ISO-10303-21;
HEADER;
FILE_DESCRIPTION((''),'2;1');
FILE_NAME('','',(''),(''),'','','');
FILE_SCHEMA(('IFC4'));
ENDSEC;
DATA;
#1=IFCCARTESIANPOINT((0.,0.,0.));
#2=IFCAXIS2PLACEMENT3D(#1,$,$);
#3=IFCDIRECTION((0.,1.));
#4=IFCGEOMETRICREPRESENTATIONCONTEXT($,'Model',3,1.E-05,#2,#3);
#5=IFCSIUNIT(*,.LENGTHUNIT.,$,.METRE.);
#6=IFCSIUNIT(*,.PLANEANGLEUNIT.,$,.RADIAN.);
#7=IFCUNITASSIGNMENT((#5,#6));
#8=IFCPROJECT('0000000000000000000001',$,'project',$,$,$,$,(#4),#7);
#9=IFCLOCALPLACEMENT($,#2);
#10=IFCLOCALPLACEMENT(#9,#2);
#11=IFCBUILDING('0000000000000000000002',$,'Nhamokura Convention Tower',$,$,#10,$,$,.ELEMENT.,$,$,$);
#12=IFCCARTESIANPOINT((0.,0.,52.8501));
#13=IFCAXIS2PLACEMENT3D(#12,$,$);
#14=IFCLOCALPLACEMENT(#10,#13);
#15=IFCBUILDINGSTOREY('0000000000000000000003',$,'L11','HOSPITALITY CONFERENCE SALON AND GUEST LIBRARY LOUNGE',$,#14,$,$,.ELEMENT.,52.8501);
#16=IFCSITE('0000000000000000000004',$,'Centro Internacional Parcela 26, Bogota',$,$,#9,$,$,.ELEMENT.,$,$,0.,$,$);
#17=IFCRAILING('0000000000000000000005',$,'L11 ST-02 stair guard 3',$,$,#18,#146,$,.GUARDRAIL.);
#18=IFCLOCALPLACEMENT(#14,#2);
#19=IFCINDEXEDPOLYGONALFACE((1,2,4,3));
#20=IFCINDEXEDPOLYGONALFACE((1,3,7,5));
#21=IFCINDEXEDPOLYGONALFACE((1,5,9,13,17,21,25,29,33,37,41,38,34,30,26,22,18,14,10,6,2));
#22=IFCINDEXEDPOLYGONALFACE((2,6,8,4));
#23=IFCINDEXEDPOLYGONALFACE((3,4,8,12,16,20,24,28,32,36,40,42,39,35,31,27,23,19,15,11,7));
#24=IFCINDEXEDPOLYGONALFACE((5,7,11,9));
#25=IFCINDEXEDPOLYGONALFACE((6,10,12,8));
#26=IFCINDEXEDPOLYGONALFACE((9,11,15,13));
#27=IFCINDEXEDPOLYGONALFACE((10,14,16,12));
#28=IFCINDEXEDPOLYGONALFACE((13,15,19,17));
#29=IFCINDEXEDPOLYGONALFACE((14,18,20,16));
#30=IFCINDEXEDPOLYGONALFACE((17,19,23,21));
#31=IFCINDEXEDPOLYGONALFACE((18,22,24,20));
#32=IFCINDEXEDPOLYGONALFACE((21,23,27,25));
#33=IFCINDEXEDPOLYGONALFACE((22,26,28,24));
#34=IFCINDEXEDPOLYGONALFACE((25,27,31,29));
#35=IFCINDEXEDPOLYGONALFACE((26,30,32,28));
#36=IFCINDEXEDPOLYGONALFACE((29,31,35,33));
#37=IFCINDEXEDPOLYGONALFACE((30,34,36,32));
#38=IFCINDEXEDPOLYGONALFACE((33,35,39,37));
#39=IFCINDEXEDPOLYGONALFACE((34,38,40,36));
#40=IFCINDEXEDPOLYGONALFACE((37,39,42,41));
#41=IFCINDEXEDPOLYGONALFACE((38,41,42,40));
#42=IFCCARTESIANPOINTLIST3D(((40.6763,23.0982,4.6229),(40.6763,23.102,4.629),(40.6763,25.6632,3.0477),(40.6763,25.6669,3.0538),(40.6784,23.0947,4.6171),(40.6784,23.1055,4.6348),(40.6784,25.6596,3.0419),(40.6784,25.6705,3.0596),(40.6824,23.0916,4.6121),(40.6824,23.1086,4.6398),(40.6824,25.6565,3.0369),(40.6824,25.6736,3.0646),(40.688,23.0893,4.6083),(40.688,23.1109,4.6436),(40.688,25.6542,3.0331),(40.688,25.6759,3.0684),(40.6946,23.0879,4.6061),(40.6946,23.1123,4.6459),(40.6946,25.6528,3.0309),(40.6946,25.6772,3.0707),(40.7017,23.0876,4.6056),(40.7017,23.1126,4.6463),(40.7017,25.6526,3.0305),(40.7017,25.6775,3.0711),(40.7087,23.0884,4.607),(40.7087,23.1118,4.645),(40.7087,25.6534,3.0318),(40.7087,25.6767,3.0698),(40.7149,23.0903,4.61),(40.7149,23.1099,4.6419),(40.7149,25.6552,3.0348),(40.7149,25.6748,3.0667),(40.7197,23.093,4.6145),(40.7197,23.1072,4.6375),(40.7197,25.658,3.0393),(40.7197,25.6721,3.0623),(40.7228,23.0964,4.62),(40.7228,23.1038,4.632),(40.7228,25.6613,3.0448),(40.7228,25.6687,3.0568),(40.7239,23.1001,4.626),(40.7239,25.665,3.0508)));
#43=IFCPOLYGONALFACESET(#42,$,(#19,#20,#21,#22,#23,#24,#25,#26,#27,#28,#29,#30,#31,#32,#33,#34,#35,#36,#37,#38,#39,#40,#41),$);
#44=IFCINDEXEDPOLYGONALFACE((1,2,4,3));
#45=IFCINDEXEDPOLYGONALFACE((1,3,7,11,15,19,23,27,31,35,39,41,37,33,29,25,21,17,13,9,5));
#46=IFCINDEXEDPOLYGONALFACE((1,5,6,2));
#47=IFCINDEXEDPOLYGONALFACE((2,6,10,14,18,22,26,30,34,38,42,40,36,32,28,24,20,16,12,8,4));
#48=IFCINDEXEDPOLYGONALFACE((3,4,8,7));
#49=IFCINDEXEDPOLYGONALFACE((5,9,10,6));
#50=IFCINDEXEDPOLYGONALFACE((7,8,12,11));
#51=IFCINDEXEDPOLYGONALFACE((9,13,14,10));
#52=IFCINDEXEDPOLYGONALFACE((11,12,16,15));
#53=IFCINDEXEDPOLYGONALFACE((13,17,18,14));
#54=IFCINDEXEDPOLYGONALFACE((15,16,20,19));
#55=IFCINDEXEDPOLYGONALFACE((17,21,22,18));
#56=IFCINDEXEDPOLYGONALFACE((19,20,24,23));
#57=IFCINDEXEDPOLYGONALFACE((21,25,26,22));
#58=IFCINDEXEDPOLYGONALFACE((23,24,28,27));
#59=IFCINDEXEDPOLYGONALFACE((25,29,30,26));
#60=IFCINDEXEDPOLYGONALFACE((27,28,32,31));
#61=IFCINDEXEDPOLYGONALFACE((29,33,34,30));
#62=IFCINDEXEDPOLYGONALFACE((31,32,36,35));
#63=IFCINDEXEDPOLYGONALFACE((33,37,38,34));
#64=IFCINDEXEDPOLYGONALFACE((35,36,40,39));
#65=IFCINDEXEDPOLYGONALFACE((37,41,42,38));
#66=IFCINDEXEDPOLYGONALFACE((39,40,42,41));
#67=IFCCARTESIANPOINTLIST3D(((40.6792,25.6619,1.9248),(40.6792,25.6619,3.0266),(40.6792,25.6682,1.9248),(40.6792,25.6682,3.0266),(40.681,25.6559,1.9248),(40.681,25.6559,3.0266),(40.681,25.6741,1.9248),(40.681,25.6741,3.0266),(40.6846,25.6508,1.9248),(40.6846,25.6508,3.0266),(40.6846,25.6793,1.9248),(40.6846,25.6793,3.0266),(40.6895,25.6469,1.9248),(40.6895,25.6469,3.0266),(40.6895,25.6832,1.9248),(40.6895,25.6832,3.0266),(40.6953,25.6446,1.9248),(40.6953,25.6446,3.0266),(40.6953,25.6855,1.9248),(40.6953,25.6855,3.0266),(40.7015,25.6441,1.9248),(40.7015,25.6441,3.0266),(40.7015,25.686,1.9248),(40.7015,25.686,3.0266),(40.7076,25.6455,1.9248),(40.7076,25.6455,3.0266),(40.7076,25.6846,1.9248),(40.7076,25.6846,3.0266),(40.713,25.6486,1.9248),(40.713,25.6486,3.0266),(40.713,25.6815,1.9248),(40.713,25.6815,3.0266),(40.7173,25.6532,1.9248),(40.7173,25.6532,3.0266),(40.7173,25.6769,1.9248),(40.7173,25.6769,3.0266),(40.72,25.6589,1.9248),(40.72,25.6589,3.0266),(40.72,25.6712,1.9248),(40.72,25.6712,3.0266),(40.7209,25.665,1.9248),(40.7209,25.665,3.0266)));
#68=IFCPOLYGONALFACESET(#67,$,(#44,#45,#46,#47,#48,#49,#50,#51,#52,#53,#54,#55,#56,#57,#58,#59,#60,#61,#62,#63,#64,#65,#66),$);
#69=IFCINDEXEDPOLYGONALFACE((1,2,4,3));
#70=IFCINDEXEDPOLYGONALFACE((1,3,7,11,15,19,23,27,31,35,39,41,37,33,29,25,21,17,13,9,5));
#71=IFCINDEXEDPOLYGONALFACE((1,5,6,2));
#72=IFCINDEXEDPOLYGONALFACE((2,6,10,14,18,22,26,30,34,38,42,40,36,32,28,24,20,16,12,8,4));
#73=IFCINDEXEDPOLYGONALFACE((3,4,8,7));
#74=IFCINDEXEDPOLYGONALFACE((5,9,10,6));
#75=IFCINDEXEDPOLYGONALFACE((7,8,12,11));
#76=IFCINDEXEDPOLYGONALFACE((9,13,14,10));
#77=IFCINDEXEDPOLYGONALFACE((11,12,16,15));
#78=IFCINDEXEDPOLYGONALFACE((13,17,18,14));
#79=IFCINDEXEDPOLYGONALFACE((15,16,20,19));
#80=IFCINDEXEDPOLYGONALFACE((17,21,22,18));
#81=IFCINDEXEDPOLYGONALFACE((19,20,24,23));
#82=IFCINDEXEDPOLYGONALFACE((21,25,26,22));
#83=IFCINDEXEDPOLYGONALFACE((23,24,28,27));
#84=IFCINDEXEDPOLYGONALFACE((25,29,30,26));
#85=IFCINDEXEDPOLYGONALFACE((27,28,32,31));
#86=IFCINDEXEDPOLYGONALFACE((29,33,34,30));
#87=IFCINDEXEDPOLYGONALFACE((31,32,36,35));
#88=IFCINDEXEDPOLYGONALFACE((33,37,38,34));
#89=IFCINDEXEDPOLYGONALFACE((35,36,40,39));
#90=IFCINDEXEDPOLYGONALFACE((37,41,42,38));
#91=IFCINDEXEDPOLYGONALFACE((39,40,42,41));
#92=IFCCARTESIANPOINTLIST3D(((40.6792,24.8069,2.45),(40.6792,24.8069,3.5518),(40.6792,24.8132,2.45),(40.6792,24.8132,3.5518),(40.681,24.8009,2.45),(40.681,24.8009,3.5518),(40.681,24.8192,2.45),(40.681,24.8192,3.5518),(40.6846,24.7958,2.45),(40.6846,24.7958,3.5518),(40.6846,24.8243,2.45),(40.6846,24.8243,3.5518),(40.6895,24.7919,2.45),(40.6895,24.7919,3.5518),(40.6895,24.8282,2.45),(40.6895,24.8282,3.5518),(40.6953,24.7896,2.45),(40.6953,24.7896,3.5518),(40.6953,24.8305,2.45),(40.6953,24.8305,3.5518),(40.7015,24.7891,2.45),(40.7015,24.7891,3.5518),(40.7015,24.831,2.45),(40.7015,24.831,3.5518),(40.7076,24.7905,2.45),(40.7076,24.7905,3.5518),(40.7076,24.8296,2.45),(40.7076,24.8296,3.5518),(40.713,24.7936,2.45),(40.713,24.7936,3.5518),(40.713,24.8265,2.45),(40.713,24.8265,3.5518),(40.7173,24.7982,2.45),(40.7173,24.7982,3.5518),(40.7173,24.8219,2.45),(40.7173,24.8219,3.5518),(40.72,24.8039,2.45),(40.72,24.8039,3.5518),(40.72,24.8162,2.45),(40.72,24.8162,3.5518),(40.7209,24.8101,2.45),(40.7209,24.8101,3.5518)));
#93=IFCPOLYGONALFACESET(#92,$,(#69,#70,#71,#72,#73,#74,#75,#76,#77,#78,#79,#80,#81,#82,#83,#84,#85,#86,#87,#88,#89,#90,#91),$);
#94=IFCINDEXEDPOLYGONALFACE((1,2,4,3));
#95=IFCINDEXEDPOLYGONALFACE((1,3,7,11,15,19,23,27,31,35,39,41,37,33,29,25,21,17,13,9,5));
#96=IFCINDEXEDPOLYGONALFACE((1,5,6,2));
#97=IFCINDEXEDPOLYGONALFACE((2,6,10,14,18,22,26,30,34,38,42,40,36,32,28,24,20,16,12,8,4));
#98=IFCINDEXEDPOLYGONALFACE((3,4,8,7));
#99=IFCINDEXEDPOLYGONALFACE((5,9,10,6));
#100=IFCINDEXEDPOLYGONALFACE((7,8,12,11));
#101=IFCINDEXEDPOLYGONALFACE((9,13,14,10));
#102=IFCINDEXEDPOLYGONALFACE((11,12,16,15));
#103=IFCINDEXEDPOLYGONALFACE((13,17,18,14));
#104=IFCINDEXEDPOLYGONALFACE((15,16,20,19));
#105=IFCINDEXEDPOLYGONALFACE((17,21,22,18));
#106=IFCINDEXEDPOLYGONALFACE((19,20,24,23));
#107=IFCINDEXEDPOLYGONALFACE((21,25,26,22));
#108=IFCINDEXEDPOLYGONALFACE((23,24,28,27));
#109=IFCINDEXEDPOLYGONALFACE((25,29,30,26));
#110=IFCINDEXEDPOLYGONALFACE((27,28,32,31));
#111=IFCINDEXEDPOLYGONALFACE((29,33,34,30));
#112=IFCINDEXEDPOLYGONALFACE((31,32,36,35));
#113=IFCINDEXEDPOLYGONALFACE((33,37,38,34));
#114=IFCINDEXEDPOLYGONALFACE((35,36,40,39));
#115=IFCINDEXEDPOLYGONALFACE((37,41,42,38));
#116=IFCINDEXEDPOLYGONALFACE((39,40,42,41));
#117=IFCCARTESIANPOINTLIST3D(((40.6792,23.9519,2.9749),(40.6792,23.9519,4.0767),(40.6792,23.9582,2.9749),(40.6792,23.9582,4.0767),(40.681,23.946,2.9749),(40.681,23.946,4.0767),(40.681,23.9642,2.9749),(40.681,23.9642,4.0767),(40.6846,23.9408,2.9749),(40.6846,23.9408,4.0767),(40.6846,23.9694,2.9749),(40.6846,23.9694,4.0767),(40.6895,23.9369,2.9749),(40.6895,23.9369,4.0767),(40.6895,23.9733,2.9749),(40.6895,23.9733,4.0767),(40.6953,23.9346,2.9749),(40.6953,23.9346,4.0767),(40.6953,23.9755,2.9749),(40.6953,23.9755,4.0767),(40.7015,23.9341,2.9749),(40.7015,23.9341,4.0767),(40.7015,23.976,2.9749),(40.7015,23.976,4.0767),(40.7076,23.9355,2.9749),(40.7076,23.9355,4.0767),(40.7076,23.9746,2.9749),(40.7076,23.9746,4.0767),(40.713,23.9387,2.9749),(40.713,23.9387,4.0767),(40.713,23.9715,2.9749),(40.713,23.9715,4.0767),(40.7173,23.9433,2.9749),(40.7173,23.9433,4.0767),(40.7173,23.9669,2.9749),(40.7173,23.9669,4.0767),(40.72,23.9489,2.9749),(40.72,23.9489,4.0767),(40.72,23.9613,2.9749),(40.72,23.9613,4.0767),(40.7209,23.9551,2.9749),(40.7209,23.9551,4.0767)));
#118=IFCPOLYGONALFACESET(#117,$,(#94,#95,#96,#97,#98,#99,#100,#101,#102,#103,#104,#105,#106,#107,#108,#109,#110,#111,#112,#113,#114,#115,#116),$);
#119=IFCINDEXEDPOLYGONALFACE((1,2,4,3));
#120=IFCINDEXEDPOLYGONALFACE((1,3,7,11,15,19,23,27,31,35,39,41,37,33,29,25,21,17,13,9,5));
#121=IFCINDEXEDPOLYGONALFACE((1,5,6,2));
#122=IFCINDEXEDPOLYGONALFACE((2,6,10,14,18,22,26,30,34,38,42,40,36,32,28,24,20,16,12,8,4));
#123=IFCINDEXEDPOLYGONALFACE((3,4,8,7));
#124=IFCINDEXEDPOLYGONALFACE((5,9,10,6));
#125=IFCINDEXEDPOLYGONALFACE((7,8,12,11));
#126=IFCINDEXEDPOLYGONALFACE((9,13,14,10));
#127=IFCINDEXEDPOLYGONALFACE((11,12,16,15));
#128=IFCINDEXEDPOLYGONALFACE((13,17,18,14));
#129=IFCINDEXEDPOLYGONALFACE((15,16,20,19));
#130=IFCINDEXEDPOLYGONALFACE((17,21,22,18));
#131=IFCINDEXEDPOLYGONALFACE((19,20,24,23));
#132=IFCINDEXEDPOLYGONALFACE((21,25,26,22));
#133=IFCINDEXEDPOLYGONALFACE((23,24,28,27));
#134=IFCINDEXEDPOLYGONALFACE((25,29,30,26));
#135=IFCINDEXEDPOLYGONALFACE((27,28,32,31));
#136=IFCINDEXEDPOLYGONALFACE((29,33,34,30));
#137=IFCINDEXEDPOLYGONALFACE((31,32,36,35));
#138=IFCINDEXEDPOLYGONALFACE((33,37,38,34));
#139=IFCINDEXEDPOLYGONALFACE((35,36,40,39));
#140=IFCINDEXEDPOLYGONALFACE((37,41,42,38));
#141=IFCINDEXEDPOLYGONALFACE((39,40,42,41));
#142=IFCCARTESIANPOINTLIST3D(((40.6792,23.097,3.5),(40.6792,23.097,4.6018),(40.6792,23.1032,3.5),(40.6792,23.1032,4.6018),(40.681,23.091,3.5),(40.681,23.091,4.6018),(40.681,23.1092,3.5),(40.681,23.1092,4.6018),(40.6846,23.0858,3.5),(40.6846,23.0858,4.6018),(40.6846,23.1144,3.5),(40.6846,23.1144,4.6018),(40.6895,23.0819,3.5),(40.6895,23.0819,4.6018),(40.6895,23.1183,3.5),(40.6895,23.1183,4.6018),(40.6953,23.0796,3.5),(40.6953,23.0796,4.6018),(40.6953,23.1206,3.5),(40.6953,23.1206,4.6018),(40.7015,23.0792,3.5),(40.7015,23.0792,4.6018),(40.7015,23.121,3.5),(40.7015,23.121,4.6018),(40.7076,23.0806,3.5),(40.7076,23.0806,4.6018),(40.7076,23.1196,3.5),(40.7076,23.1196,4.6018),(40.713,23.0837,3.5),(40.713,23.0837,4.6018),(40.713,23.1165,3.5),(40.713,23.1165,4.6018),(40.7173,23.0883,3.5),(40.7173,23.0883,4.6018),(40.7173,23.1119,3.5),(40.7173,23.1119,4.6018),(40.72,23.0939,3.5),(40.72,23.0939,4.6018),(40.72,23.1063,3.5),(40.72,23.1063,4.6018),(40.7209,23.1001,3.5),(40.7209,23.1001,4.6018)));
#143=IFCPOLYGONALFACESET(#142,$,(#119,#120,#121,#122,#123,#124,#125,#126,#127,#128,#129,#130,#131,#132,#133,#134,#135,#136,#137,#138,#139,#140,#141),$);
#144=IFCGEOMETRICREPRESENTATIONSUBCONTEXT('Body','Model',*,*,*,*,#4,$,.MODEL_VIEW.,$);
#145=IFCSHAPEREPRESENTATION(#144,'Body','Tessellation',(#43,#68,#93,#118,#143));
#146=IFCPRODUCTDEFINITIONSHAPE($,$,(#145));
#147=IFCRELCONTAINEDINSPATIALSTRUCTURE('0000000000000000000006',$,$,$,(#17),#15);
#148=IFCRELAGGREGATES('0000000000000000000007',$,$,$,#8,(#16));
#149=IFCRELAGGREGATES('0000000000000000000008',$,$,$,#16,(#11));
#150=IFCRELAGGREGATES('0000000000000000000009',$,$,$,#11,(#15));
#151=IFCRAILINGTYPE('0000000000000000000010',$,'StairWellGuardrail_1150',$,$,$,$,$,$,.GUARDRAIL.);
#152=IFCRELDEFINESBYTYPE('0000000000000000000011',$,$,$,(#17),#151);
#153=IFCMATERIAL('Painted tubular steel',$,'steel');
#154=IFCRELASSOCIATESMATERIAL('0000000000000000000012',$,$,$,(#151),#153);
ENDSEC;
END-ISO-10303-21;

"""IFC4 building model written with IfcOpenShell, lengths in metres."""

from ifc_helpers import new_model, si_unit, direction, frame, origin, origin_2d, place, context, subcontext, project, spatial, circle, extrude, material, type_object, element, save


model = new_model("IFC4")

# Units and contexts
model_context = context("Model", 3, precision=1e-05, world=origin(), true_north=direction((0.0, 1.0)))
body_context = subcontext(model_context, "Body", "Model", "MODEL_VIEW")
ifc_project = project(units=[si_unit("LENGTHUNIT", "METRE"), si_unit("PLANEANGLEUNIT", "RADIAN")], contexts=[model_context])

# Site, building, storey
site_placement = place(None, origin())
site = spatial("IfcSite", under=ifc_project, at=site_placement, Name="Centro Internacional Parcela 26, Bogota", CompositionType="ELEMENT", RefElevation=0.0)
building_placement = place(site_placement, origin())
building = spatial("IfcBuilding", under=site, at=building_placement, Name="Nhamokura Convention Tower", CompositionType="ELEMENT")
storey_placement = place(building_placement, frame((0.0, 0.0, 52.8501)))
storey = spatial("IfcBuildingStorey", under=building, at=storey_placement, Name="L11", Description="HOSPITALITY CONFERENCE SALON AND GUEST LIBRARY LOUNGE", CompositionType="ELEMENT", Elevation=52.8501)

# Railing
ifc_material_1 = material(Name="Painted tubular steel", Category="steel")
railing_type_1 = type_object("IfcRailingType", Name="StairWellGuardrail_1150", PredefinedType="GUARDRAIL", material=ifc_material_1)
railing_1_placement = place(storey_placement, frame((40.7, 25.665, 1.9248)))
element("IfcRailing", 1, at=railing_1_placement, inside=storey, type_object=railing_type_1, Name="L11 ST-02 stair guard 3", PredefinedType="GUARDRAIL", context=body_context, shape_type="SweptSolid", body=[
    extrude(circle(Radius=0.0239, at=origin_2d()), frame((0.0, 0.0, 1.126), z_axis=(0.0, -0.852137, 0.523319), x_axis=(1.0, 0.0, 0.0)), (0.0, 0.0, 1.0), 3.01),
    extrude(circle(Radius=0.021, at=origin_2d()), origin(), (0.0, 0.0, 1.0), 1.1018),
    extrude(circle(Radius=0.021, at=origin_2d()), frame((0.0, -0.855, 0.5251)), (0.0, 0.0, 1.0), 1.1018),
    extrude(circle(Radius=0.021, at=origin_2d()), frame((0.0, -1.71, 1.05)), (0.0, 0.0, 1.0), 1.1018),
    extrude(circle(Radius=0.021, at=origin_2d()), frame((0.0, -2.5649, 1.5752)), (0.0, 0.0, 1.0), 1.1018),
])

save(model, "model.ifc")
